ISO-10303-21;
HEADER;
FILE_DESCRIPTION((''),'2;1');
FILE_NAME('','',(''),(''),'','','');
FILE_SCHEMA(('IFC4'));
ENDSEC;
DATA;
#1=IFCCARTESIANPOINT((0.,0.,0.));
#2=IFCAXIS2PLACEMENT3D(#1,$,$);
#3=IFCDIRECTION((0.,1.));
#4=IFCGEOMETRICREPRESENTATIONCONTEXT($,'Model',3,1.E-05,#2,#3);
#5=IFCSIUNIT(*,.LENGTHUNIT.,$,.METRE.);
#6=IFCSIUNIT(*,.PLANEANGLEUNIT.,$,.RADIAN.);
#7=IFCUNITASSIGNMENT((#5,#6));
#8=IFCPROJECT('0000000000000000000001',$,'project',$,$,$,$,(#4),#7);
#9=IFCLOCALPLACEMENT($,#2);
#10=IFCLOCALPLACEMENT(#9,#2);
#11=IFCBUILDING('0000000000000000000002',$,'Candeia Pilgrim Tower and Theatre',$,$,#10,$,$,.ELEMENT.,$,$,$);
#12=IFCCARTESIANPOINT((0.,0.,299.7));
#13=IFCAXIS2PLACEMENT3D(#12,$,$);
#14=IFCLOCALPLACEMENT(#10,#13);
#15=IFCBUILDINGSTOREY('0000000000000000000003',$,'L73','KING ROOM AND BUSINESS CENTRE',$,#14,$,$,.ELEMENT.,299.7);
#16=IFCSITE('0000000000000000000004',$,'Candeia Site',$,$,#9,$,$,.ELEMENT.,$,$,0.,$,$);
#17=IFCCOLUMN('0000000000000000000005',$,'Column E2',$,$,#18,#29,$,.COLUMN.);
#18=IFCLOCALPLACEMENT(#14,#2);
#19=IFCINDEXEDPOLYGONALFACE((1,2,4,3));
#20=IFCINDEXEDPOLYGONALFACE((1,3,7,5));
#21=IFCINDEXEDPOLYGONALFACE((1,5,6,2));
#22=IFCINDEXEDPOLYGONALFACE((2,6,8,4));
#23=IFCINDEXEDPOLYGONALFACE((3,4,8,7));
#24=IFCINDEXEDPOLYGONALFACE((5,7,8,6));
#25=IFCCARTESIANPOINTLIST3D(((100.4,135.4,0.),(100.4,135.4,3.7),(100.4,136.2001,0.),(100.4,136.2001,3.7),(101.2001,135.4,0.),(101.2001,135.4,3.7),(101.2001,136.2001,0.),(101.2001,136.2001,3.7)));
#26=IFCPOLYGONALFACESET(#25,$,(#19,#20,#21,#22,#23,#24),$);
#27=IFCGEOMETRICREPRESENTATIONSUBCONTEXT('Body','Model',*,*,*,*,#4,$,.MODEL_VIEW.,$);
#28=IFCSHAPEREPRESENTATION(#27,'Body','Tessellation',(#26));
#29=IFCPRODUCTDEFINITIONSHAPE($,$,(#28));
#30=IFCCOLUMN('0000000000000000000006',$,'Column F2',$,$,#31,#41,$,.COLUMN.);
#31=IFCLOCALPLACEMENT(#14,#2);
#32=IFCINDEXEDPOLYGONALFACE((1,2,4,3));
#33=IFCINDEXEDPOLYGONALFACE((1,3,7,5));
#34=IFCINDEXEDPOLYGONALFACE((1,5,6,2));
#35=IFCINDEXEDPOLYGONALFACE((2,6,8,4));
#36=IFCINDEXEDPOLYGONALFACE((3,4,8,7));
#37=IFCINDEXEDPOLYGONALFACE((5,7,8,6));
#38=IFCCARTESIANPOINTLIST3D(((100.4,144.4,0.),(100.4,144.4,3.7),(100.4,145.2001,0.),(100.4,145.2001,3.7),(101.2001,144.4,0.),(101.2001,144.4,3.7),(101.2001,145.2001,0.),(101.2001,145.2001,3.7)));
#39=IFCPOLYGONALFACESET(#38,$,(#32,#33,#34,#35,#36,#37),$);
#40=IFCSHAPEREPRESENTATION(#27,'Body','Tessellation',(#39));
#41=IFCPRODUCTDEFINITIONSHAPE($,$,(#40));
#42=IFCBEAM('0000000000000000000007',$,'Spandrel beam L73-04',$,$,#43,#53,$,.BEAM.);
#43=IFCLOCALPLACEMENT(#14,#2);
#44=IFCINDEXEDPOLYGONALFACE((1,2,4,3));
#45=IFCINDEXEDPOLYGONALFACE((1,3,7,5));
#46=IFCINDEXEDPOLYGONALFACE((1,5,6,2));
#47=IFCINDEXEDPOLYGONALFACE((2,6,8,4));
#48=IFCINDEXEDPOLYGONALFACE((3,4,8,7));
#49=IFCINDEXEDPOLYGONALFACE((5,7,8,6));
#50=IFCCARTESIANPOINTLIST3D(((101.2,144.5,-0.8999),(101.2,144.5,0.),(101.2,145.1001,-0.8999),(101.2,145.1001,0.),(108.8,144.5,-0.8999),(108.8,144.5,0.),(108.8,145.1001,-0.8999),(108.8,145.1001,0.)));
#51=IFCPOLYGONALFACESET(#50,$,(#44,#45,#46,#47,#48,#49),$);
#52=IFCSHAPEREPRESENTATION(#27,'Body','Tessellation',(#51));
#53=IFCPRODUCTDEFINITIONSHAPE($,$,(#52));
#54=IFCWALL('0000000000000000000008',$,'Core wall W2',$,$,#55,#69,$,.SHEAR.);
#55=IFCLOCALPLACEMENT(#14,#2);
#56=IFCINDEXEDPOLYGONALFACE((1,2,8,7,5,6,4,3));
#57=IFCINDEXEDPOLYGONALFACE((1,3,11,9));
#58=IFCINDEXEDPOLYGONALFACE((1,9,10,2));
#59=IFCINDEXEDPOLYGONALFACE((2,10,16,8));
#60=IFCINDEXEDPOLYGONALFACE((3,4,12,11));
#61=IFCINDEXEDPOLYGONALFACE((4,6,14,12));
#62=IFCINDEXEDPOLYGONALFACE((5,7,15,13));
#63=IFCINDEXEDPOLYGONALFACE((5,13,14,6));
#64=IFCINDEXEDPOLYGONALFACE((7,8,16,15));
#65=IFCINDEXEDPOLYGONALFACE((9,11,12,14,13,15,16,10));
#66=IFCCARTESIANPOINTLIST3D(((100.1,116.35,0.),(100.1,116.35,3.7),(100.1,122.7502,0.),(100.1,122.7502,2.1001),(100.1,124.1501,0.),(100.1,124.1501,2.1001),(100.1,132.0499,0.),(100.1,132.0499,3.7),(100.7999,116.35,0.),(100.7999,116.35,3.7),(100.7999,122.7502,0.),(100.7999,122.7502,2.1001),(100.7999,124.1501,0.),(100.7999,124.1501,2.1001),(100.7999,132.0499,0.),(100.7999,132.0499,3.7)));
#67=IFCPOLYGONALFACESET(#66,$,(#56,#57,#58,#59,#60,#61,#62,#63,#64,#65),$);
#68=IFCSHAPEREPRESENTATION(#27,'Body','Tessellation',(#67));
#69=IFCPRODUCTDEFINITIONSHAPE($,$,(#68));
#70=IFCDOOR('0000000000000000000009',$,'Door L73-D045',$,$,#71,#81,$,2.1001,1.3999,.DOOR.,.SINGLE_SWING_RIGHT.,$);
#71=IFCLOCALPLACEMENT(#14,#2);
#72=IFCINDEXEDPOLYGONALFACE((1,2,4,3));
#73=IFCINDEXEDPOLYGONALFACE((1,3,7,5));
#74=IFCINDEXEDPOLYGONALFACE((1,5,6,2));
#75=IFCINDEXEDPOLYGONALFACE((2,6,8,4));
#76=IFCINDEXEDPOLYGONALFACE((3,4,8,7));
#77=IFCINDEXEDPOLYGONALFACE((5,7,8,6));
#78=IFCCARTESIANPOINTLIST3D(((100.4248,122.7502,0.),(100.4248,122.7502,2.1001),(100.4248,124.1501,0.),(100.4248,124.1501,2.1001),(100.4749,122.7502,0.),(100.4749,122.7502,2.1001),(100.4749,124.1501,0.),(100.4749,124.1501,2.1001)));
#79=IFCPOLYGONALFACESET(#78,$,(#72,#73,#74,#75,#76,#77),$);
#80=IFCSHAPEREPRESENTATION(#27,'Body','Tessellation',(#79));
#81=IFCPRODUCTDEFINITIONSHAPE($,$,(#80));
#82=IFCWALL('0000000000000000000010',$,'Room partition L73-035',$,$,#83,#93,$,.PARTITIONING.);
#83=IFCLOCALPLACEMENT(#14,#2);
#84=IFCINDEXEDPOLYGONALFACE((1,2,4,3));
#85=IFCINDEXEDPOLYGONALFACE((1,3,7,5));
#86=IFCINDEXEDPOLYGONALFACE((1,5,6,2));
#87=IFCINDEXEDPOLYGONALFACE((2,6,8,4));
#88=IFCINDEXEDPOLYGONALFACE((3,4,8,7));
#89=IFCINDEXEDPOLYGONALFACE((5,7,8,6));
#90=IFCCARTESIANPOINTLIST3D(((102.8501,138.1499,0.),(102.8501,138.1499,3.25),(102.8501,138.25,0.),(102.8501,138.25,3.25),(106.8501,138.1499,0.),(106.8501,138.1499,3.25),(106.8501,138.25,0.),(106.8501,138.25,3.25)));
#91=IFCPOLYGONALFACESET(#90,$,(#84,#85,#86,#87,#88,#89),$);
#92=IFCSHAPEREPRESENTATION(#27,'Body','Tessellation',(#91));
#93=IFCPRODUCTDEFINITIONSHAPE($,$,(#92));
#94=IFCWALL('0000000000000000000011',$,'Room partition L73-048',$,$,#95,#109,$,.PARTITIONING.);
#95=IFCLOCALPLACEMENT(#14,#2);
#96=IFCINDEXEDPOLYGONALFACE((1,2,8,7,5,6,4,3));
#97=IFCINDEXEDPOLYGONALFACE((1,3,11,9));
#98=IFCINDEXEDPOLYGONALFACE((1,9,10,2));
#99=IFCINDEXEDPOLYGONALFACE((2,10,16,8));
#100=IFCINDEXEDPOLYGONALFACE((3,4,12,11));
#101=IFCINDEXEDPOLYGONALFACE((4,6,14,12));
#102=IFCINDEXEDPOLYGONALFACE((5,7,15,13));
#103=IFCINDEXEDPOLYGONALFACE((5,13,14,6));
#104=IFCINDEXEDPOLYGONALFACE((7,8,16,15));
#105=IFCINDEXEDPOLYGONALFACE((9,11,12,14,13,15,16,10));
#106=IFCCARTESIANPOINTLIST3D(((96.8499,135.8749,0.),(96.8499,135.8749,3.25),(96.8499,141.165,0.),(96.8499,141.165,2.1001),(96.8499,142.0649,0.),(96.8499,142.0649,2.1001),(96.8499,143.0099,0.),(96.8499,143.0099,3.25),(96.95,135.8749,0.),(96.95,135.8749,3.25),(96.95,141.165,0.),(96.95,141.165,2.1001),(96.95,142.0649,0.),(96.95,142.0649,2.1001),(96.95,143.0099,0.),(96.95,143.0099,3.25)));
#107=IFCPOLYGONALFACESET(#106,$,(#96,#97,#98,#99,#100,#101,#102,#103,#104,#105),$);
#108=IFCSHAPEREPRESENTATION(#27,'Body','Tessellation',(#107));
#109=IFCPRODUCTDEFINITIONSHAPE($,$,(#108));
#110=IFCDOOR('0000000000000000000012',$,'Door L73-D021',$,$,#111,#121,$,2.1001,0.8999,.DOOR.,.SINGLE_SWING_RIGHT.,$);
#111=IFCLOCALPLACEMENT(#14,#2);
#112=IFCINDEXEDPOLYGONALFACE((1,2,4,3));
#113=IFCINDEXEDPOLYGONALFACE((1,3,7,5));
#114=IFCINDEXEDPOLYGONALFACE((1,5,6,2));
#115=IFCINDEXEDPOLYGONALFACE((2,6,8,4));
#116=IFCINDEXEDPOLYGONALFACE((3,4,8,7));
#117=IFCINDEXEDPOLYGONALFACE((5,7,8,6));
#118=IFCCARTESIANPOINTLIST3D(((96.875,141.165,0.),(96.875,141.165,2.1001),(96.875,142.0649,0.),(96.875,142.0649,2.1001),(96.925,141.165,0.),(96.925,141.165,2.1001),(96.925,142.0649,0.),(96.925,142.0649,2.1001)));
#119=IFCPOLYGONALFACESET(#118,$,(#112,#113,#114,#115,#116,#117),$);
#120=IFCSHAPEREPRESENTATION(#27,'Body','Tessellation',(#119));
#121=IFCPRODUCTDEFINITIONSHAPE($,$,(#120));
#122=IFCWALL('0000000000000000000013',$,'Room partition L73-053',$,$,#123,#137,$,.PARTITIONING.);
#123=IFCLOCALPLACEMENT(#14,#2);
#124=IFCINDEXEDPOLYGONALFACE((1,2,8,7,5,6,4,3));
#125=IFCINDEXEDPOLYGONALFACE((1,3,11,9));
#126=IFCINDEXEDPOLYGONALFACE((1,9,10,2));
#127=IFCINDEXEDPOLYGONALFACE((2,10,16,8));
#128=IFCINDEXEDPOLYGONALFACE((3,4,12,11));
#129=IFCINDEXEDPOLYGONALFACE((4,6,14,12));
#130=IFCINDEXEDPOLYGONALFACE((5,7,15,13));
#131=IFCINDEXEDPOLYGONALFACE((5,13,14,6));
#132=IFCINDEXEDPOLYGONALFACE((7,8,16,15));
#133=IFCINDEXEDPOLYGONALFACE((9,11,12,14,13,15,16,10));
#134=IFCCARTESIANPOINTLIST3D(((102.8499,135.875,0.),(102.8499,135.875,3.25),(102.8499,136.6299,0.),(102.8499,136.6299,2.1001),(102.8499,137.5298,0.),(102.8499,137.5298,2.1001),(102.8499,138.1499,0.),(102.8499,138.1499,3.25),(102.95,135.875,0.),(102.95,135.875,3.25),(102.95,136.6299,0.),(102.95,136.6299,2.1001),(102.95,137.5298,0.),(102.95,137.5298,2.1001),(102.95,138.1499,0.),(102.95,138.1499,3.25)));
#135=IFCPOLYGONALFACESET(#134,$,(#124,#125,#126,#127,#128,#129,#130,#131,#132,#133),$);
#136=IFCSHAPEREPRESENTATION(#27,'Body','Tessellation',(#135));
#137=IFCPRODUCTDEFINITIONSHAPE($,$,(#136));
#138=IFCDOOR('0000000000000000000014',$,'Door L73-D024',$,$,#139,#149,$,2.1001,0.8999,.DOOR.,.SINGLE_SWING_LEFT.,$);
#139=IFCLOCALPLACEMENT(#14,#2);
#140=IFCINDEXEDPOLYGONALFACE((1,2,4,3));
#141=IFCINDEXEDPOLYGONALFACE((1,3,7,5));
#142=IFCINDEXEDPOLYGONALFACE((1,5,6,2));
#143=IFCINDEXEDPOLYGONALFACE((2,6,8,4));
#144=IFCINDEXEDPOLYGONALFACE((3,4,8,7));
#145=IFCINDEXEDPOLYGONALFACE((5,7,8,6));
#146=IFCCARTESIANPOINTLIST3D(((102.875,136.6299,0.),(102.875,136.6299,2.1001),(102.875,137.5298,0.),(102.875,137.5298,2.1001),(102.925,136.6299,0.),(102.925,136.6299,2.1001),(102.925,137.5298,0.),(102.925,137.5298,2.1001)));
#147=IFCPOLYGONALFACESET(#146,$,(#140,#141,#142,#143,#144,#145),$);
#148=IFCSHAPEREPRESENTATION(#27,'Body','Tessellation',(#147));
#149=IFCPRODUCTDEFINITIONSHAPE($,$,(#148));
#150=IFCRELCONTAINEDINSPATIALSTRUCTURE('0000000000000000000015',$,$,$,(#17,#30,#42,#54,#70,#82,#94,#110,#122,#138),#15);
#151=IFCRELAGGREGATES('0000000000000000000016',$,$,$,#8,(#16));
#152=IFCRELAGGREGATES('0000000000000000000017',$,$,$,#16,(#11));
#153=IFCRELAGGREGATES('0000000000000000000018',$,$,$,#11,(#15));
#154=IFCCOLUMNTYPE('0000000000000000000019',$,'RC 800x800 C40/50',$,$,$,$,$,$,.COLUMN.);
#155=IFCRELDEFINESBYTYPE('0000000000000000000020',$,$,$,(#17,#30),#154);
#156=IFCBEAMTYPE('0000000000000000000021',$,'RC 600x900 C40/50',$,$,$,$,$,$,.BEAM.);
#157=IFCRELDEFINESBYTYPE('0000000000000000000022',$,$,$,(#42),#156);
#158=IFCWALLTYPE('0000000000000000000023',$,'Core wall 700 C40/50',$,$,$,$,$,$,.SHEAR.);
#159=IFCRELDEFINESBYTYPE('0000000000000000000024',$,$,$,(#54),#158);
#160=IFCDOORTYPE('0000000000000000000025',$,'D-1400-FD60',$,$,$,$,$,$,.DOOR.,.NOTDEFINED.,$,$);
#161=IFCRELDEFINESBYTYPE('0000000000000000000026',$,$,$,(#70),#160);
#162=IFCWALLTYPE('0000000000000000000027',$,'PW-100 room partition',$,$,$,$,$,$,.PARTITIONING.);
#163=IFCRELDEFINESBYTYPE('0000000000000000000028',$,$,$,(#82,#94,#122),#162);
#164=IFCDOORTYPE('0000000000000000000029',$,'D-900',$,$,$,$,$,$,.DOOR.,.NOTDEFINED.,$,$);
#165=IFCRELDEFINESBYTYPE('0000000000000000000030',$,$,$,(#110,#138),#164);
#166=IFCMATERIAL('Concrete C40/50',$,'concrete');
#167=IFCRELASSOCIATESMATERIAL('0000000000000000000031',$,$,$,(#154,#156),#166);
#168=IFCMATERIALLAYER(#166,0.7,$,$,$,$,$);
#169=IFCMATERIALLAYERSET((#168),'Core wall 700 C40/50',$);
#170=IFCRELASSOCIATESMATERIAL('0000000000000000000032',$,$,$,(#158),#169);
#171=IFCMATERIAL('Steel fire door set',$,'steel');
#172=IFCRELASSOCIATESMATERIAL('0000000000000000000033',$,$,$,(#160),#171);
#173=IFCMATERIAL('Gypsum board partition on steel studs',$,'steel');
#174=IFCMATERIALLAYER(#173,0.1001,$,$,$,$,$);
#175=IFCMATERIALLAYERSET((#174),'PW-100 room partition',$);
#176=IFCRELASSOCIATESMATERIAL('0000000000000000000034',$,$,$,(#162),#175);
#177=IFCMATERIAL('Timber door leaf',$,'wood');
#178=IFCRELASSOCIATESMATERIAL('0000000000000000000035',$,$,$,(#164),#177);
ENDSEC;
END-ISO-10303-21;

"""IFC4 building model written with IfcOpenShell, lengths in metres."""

from ifc_helpers import new_model, si_unit, direction, frame, frame_2d, origin, origin_2d, place, context, subcontext, project, spatial, rectangle, extrude, material, layer, layer_set, material_profile, profile_set, type_object, element, fill, save


model = new_model("IFC4")

# Units and contexts
model_context = context("Model", 3, precision=1e-05, world=origin(), true_north=direction((0.0, 1.0)))
body_context = subcontext(model_context, "Body", "Model", "MODEL_VIEW")
ifc_project = project(units=[si_unit("LENGTHUNIT", "METRE"), si_unit("PLANEANGLEUNIT", "RADIAN")], contexts=[model_context])

# Site, building, storey
site_placement = place(None, origin())
site = spatial("IfcSite", under=ifc_project, at=site_placement, Name="Candeia Site", CompositionType="ELEMENT", RefElevation=0.0)
building_placement = place(site_placement, origin())
building = spatial("IfcBuilding", under=site, at=building_placement, Name="Candeia Pilgrim Tower and Theatre", CompositionType="ELEMENT")
storey_placement = place(building_placement, frame((0.0, 0.0, 299.7)))
storey = spatial("IfcBuildingStorey", under=building, at=storey_placement, Name="L73", Description="KING ROOM AND BUSINESS CENTRE", CompositionType="ELEMENT", Elevation=299.7)

# Columns
ifc_material_1 = material(Name="Concrete C40/50", Category="concrete")
ifc_material_profile_1 = material_profile(ifc_material_1, rectangle(XDim=0.8, YDim=0.8, at=origin_2d()))
ifc_profile_set_1 = profile_set([ifc_material_profile_1], Name="Concrete C40/50")
column_type = type_object("IfcColumnType", Name="RC 800x800 C40/50", PredefinedType="COLUMN", material=ifc_profile_set_1)
for number, where, z_axis, x_axis, name in (
    (1, (100.8, 135.8, 0.0), (0.0, 0.0, 1.0), (1.0, 0.0, 0.0), "Column E2"),
    (2, (100.8, 144.8, 0.0), (0.0, 0.0, 1.0), (1.0, 0.0, 0.0), "Column F2"),
):
    element("IfcColumn", number, at=place(storey_placement, frame(where, z_axis=z_axis, x_axis=x_axis)), inside=storey, type_object=column_type, Name=name, PredefinedType="COLUMN", context=body_context, shape_type="SweptSolid", body=[
        extrude(rectangle(XDim=0.8, YDim=0.8, at=origin_2d()), origin(), (0.0, 0.0, 1.0), 3.7),
    ])

# Beam
ifc_material_profile_2 = material_profile(ifc_material_1, rectangle(XDim=0.6001, YDim=0.8999, at=origin_2d()))
ifc_profile_set_2 = profile_set([ifc_material_profile_2], Name="Concrete C40/50")
beam_type = type_object("IfcBeamType", Name="RC 600x900 C40/50", PredefinedType="BEAM", material=ifc_profile_set_2)
beam_placement = place(storey_placement, frame((101.2, 144.8, -0.45), z_axis=(1.0, 0.0, 0.0), x_axis=(0.0, 1.0, 0.0)))
element("IfcBeam", 3, at=beam_placement, inside=storey, type_object=beam_type, Name="Spandrel beam L73-04", PredefinedType="BEAM", context=body_context, shape_type="SweptSolid", body=[
    extrude(rectangle(XDim=0.6001, YDim=0.8999, at=origin_2d()), origin(), (0.0, 0.0, 1.0), 7.6001),
])

# Wall, opening, door
ifc_layer_1 = layer(ifc_material_1, 0.7)
ifc_layer_set_1 = layer_set([ifc_layer_1], Name="Core wall 700 C40/50")
wall_type_1 = type_object("IfcWallType", Name="Core wall 700 C40/50", PredefinedType="SHEAR", material=ifc_layer_set_1)
wall_1_placement = place(storey_placement, frame((100.45, 132.05, 0.0), z_axis=(0.0, 0.0, 1.0), x_axis=(0.0, -1.0, 0.0)))
wall_1 = element("IfcWall", 4, at=wall_1_placement, inside=storey, type_object=wall_type_1, Name="Core wall W2", PredefinedType="SHEAR", context=body_context, shape_type="SweptSolid", body=[
    extrude(rectangle(XDim=15.7, YDim=0.7, at=frame_2d((7.8501, 0.0))), origin(), (0.0, 0.0, 1.0), 3.7),
])
opening_1_placement = place(wall_1_placement, frame((7.8999, 0.0, 0.0)))
opening_1 = element("IfcOpeningElement", 5, at=opening_1_placement, cuts=wall_1, PredefinedType="OPENING", context=body_context, shape_type="SweptSolid", body=[
    extrude(rectangle(XDim=1.3999, YDim=2.1001, at=frame_2d((0.7, 1.05))), frame((0.0, 0.3599, 0.0), z_axis=(0.0, -1.0, 0.0), x_axis=(1.0, 0.0, 0.0)), (0.0, 0.0, 1.0), 0.72),
])
ifc_material_2 = material(Name="Steel fire door set", Category="steel")
door_type_1 = type_object("IfcDoorType", Name="D-1400-FD60", OperationType="NOTDEFINED", PredefinedType="DOOR", material=ifc_material_2)
door_1_placement = place(opening_1_placement, origin())
door_1 = element("IfcDoor", 6, at=door_1_placement, inside=storey, type_object=door_type_1, Name="Door L73-D045", OperationType="SINGLE_SWING_RIGHT", OverallHeight=2.1001, OverallWidth=1.3999, PredefinedType="DOOR", context=body_context, shape_type="SweptSolid", body=[
    extrude(rectangle(XDim=1.3999, YDim=2.1001, at=frame_2d((0.7, 1.05))), frame((0.0, 0.0249, 0.0), z_axis=(0.0, -1.0, 0.0), x_axis=(1.0, 0.0, 0.0)), (0.0, 0.0, 1.0), 0.05),
])
fill(opening_1, door_1)

# Wall
ifc_material_3 = material(Name="Gypsum board partition on steel studs", Category="steel")
ifc_layer_2 = layer(ifc_material_3, 0.1001)
ifc_layer_set_2 = layer_set([ifc_layer_2], Name="PW-100 room partition")
wall_type_2 = type_object("IfcWallType", Name="PW-100 room partition", PredefinedType="PARTITIONING", material=ifc_layer_set_2)
wall_2_placement = place(storey_placement, frame((102.8501, 138.2, 0.0), z_axis=(0.0, 0.0, 1.0), x_axis=(1.0, 0.0, 0.0)))
element("IfcWall", 7, at=wall_2_placement, inside=storey, type_object=wall_type_2, Name="Room partition L73-035", PredefinedType="PARTITIONING", context=body_context, shape_type="SweptSolid", body=[
    extrude(rectangle(XDim=4.0, YDim=0.1001, at=frame_2d((2.0, 0.0))), origin(), (0.0, 0.0, 1.0), 3.25),
])

# Walls, openings, doors
wall_3_placement = place(storey_placement, frame((96.8999, 135.875, 0.0), z_axis=(0.0, 0.0, 1.0), x_axis=(0.0, 1.0, 0.0)))
wall_3 = element("IfcWall", 8, at=wall_3_placement, inside=storey, type_object=wall_type_2, Name="Room partition L73-048", PredefinedType="PARTITIONING", context=body_context, shape_type="SweptSolid", body=[
    extrude(rectangle(XDim=7.135, YDim=0.1001, at=frame_2d((3.5674, 0.0))), origin(), (0.0, 0.0, 1.0), 3.25),
])
opening_2_placement = place(wall_3_placement, frame((5.29, 0.0, 0.0)))
opening_2 = element("IfcOpeningElement", 9, at=opening_2_placement, cuts=wall_3, PredefinedType="OPENING", context=body_context, shape_type="SweptSolid", body=[
    extrude(rectangle(XDim=0.8999, YDim=2.1001, at=frame_2d((0.45, 1.05))), frame((0.0, 0.0601, 0.0), z_axis=(0.0, -1.0, 0.0), x_axis=(1.0, 0.0, 0.0)), (0.0, 0.0, 1.0), 0.1201),
])
ifc_material_4 = material(Name="Timber door leaf", Category="wood")
door_type_2 = type_object("IfcDoorType", Name="D-900", OperationType="NOTDEFINED", PredefinedType="DOOR", material=ifc_material_4)
door_2_placement = place(opening_2_placement, origin())
door_2 = element("IfcDoor", 10, at=door_2_placement, inside=storey, type_object=door_type_2, Name="Door L73-D021", OperationType="SINGLE_SWING_RIGHT", OverallHeight=2.1001, OverallWidth=0.8999, PredefinedType="DOOR", context=body_context, shape_type="SweptSolid", body=[
    extrude(rectangle(XDim=0.8999, YDim=2.1001, at=frame_2d((0.45, 1.05))), frame((0.0, 0.0249, 0.0), z_axis=(0.0, -1.0, 0.0), x_axis=(1.0, 0.0, 0.0)), (0.0, 0.0, 1.0), 0.05),
])
fill(opening_2, door_2)
wall_4_placement = place(storey_placement, frame((102.8999, 135.875, 0.0), z_axis=(0.0, 0.0, 1.0), x_axis=(0.0, 1.0, 0.0)))
wall_4 = element("IfcWall", 11, at=wall_4_placement, inside=storey, type_object=wall_type_2, Name="Room partition L73-053", PredefinedType="PARTITIONING", context=body_context, shape_type="SweptSolid", body=[
    extrude(rectangle(XDim=2.2749, YDim=0.1001, at=frame_2d((1.1375, 0.0))), origin(), (0.0, 0.0, 1.0), 3.25),
])
opening_3_placement = place(wall_4_placement, frame((0.7549, 0.0, 0.0)))
opening_3 = element("IfcOpeningElement", 12, at=opening_3_placement, cuts=wall_4, PredefinedType="OPENING", context=body_context, shape_type="SweptSolid", body=[
    extrude(rectangle(XDim=0.8999, YDim=2.1001, at=frame_2d((0.45, 1.05))), frame((0.0, 0.0601, 0.0), z_axis=(0.0, -1.0, 0.0), x_axis=(1.0, 0.0, 0.0)), (0.0, 0.0, 1.0), 0.1201),
])
door_3_placement = place(opening_3_placement, origin())
door_3 = element("IfcDoor", 13, at=door_3_placement, inside=storey, type_object=door_type_2, Name="Door L73-D024", OperationType="SINGLE_SWING_LEFT", OverallHeight=2.1001, OverallWidth=0.8999, PredefinedType="DOOR", context=body_context, shape_type="SweptSolid", body=[
    extrude(rectangle(XDim=0.8999, YDim=2.1001, at=frame_2d((0.45, 1.05))), frame((0.0, 0.0249, 0.0), z_axis=(0.0, -1.0, 0.0), x_axis=(1.0, 0.0, 0.0)), (0.0, 0.0, 1.0), 0.05),
])
fill(opening_3, door_3)

save(model, "model.ifc")
